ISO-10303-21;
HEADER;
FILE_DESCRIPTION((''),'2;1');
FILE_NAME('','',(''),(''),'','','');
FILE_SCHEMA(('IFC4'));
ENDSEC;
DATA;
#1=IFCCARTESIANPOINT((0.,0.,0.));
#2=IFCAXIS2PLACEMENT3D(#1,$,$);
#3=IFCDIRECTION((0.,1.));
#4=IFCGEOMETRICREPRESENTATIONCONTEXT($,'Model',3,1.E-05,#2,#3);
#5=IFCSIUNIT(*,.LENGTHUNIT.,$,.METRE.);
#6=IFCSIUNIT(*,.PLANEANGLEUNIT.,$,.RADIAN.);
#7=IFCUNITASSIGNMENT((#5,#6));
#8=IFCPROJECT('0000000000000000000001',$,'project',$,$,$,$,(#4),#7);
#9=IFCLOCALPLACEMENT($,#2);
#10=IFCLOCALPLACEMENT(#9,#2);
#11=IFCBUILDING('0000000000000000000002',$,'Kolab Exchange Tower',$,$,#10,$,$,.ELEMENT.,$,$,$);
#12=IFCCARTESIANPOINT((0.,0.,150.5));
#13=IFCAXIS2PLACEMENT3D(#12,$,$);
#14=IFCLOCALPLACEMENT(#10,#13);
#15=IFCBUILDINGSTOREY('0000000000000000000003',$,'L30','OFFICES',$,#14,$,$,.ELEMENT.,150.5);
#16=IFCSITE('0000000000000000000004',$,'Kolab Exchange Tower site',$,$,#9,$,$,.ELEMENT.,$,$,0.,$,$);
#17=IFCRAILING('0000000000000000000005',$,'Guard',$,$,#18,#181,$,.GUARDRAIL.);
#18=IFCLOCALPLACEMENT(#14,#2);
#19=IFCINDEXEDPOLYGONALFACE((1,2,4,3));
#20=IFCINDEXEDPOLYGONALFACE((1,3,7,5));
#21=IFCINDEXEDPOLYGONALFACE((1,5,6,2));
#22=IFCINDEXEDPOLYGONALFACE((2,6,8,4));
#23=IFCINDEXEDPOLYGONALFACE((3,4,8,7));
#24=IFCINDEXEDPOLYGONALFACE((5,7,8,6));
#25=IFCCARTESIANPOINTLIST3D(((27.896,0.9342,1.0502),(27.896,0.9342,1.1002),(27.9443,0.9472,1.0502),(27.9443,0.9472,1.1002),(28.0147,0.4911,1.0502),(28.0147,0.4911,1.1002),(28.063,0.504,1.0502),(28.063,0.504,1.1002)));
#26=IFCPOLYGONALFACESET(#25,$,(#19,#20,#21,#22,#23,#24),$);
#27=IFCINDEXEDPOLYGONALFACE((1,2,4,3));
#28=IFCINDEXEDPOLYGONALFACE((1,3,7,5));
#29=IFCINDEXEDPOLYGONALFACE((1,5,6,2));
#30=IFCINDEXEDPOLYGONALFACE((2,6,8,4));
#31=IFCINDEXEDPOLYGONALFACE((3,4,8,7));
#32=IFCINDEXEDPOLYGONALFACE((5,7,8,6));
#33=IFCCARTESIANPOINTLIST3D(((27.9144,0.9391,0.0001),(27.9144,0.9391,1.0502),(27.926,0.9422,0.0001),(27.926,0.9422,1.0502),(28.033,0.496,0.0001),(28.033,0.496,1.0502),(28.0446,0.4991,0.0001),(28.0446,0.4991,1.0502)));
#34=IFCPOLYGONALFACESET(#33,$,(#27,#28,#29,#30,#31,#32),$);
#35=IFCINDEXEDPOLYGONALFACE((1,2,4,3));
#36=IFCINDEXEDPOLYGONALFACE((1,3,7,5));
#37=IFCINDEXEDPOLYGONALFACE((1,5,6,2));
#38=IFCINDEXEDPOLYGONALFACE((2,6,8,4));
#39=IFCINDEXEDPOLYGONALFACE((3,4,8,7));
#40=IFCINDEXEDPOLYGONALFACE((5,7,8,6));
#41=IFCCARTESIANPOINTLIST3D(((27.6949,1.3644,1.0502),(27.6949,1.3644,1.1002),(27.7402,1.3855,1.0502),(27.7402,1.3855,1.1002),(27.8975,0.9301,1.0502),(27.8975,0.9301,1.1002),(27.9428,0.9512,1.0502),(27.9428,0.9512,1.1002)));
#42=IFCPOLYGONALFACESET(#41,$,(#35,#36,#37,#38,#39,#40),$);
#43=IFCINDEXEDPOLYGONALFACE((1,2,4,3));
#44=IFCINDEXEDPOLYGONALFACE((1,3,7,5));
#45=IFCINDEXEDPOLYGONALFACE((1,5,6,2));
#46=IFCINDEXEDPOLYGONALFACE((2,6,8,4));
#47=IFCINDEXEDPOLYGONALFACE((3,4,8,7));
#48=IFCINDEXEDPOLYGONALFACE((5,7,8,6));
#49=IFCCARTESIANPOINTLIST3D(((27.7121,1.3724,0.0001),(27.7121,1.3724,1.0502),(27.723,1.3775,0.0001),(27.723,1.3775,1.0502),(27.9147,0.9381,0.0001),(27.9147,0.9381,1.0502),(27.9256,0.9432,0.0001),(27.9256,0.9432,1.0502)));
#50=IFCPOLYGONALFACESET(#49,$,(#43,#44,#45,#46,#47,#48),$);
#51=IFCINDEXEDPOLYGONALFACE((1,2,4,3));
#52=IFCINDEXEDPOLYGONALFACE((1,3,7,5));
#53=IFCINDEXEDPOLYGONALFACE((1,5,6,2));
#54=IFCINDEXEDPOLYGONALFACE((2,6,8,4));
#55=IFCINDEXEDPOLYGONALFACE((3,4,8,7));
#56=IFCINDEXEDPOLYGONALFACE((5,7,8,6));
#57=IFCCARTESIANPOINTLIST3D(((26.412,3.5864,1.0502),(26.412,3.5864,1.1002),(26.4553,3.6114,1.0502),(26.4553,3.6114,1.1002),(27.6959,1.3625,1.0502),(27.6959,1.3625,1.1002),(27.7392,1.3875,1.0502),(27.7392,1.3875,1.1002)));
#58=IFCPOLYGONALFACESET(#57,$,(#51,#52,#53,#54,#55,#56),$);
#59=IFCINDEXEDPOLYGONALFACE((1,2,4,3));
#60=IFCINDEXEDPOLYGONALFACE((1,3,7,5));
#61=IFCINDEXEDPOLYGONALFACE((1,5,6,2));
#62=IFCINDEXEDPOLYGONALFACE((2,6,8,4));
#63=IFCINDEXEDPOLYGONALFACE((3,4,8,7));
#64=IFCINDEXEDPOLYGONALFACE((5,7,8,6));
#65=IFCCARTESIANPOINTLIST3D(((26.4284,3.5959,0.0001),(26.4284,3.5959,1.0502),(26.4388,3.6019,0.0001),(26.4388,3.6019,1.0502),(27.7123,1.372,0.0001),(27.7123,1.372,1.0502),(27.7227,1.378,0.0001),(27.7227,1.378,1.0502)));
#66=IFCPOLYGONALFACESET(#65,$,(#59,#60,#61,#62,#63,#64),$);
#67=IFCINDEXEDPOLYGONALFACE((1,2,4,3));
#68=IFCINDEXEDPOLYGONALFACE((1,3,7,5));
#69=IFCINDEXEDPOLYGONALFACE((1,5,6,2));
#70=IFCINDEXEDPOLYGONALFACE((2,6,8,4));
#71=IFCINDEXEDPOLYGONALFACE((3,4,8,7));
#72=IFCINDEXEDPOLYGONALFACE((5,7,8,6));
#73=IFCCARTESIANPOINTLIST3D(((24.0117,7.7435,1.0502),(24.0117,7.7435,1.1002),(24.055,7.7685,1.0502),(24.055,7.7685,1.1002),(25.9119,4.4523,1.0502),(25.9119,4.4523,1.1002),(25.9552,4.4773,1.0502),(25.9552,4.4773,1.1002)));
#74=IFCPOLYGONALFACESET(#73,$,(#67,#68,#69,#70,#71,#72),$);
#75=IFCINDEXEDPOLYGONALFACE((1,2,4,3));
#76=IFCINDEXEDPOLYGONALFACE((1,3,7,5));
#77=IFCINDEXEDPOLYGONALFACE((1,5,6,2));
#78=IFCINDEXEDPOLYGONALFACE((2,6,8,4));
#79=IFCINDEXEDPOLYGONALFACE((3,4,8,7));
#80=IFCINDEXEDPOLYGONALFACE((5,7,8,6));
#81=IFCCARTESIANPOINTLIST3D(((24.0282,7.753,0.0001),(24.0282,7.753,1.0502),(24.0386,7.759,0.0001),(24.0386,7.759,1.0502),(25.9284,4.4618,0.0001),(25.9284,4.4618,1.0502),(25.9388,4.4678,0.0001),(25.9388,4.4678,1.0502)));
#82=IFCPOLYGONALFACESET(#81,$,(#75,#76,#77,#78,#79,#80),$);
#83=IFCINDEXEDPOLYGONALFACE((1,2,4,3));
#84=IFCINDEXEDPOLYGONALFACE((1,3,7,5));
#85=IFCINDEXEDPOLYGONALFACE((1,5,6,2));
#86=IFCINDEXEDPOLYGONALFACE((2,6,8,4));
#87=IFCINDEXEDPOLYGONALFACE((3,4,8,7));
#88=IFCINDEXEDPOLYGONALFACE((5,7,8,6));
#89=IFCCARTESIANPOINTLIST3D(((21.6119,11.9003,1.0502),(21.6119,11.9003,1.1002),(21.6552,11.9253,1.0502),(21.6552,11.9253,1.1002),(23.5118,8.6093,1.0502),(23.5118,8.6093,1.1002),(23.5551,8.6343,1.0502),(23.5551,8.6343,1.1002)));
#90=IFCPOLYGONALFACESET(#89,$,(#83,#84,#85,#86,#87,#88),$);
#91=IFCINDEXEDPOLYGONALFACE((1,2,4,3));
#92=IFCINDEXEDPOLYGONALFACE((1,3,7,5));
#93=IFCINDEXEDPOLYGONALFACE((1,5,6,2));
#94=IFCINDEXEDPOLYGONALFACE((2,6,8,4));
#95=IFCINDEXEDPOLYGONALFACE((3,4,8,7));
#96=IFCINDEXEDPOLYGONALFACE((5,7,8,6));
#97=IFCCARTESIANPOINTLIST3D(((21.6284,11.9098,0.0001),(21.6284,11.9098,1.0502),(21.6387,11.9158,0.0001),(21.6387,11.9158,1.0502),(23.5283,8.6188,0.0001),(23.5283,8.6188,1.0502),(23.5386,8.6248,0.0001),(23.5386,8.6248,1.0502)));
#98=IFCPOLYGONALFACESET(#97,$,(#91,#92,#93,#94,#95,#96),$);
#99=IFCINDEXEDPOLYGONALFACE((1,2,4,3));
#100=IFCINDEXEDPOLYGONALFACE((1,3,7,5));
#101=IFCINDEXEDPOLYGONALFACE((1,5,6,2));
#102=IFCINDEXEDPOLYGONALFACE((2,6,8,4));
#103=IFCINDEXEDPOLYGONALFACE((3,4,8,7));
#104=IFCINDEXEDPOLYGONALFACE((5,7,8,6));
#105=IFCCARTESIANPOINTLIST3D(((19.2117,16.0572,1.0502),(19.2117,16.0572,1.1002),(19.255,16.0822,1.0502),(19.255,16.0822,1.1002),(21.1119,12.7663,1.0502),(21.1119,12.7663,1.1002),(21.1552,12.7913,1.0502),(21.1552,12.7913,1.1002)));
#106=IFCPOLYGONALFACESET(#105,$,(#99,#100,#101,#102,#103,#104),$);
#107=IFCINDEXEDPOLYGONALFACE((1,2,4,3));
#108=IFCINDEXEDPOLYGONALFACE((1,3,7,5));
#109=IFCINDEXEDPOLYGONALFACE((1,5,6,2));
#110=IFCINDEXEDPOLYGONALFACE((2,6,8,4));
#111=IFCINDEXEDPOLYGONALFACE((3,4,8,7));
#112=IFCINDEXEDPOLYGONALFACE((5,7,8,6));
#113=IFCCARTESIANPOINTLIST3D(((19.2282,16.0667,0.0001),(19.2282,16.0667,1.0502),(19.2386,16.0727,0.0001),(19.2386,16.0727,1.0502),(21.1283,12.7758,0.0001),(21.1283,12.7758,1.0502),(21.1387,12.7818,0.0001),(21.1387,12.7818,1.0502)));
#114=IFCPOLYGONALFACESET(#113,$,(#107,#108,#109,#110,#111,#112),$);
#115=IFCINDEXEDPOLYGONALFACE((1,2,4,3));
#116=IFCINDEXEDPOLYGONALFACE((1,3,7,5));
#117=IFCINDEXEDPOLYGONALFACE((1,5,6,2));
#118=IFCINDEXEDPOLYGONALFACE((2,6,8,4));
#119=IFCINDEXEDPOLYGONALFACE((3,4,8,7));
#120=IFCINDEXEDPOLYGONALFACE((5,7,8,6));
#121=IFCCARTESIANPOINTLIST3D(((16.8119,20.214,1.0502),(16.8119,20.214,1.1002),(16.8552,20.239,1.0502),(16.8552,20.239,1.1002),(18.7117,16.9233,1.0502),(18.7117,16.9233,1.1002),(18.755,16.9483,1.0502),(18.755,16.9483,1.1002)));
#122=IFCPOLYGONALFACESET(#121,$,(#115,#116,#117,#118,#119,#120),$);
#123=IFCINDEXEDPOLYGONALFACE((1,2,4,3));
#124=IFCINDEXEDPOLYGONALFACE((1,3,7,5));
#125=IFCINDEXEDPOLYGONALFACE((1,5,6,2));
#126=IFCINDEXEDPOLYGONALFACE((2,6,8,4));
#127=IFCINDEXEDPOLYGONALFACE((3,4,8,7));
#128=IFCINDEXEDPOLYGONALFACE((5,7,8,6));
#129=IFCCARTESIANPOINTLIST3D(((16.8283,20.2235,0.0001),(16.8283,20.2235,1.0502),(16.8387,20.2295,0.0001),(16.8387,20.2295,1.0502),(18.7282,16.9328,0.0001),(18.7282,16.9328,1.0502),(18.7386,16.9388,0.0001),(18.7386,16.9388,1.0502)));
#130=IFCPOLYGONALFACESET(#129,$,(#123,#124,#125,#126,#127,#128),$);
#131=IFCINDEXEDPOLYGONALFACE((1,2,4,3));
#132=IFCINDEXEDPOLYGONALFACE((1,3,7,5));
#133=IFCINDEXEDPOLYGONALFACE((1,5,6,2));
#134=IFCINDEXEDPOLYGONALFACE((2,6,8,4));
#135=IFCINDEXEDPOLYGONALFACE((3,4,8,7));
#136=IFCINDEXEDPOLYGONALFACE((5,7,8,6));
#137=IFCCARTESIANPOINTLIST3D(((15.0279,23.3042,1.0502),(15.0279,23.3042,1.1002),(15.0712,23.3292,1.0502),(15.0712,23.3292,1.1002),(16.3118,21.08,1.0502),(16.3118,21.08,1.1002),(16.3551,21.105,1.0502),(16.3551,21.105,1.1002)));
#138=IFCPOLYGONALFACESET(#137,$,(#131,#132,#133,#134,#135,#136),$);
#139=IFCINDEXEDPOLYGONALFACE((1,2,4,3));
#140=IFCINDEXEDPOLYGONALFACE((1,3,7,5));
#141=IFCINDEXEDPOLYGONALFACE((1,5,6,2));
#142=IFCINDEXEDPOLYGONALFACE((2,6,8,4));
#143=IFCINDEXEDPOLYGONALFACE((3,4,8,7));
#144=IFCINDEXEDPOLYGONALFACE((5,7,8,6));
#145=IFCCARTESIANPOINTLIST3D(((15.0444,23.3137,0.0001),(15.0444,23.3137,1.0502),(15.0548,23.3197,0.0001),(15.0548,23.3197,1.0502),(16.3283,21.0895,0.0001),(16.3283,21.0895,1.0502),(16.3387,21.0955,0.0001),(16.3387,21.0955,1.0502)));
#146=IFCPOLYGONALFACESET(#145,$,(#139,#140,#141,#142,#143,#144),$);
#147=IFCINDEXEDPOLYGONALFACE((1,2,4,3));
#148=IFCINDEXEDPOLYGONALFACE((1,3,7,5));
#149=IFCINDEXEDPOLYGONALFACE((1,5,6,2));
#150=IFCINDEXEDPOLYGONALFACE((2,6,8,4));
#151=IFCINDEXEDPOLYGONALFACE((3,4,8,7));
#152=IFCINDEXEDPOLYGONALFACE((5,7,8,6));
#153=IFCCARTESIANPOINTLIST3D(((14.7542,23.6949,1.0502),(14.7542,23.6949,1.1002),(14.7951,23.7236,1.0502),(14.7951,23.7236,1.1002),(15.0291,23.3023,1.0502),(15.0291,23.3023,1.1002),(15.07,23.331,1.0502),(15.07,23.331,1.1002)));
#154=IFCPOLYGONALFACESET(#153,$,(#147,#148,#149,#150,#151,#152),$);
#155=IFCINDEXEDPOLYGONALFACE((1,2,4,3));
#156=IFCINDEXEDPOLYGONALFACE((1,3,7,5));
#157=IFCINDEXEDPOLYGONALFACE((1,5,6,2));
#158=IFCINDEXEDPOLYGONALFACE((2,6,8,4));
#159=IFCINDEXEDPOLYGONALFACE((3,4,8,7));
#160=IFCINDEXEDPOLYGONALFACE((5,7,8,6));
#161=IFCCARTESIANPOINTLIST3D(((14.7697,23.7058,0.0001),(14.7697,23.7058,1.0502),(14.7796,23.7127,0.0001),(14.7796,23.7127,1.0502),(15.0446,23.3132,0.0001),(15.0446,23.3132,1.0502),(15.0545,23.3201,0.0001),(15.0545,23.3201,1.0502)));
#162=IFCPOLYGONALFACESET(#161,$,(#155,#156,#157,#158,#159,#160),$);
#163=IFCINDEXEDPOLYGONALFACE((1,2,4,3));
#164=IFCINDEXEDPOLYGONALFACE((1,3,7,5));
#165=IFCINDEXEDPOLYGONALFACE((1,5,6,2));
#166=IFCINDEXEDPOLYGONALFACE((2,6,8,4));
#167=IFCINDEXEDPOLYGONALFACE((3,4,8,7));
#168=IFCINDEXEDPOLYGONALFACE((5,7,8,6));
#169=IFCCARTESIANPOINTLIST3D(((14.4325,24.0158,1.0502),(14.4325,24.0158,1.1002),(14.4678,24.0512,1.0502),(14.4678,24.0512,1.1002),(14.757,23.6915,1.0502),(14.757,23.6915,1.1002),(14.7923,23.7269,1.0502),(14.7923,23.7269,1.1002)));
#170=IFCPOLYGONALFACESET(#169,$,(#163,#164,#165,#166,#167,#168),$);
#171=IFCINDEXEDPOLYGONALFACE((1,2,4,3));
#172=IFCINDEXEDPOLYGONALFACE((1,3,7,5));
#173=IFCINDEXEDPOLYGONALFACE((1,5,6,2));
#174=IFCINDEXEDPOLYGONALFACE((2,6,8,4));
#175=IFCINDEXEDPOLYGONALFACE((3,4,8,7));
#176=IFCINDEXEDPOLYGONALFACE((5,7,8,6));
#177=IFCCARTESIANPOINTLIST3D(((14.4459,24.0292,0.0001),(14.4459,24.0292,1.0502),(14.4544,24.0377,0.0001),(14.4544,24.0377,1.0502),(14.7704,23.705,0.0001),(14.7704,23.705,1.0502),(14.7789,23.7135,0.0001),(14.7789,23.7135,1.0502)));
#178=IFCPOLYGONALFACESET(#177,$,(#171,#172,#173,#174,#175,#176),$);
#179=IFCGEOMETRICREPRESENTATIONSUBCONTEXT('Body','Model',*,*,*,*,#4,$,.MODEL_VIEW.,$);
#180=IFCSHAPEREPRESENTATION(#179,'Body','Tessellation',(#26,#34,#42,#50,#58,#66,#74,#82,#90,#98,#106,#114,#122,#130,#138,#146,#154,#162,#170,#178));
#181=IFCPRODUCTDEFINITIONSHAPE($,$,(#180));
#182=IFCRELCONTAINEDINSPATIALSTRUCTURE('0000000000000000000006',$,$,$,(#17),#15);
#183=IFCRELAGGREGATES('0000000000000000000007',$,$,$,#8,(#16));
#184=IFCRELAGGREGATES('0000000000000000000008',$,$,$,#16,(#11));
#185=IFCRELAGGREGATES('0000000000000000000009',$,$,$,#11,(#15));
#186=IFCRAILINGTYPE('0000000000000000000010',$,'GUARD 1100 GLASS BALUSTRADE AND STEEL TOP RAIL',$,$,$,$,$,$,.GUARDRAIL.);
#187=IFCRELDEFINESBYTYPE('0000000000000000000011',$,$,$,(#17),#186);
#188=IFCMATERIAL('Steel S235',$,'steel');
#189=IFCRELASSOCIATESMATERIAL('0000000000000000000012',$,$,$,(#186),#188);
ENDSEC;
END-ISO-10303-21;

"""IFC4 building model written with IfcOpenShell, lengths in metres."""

from ifc_helpers import new_model, si_unit, direction, frame, frame_2d, origin, origin_2d, place, context, subcontext, project, spatial, rectangle, extrude, material, type_object, element, save


model = new_model("IFC4")

# Units and contexts
model_context = context("Model", 3, precision=1e-05, world=origin(), true_north=direction((0.0, 1.0)))
body_context = subcontext(model_context, "Body", "Model", "MODEL_VIEW")
ifc_project = project(units=[si_unit("LENGTHUNIT", "METRE"), si_unit("PLANEANGLEUNIT", "RADIAN")], contexts=[model_context])

# Site, building, storey
site_placement = place(None, origin())
site = spatial("IfcSite", under=ifc_project, at=site_placement, Name="Kolab Exchange Tower site", CompositionType="ELEMENT", RefElevation=0.0)
building_placement = place(site_placement, origin())
building = spatial("IfcBuilding", under=site, at=building_placement, Name="Kolab Exchange Tower", CompositionType="ELEMENT")
storey_placement = place(building_placement, frame((0.0, 0.0, 150.5)))
storey = spatial("IfcBuildingStorey", under=building, at=storey_placement, Name="L30", Description="OFFICES", CompositionType="ELEMENT", Elevation=150.5)

# Railing
ifc_material_1 = material(Name="Steel S235", Category="steel")
railing_type = type_object("IfcRailingType", Name="GUARD 1100 GLASS BALUSTRADE AND STEEL TOP RAIL", PredefinedType="GUARDRAIL", material=ifc_material_1)
railing_placement = place(storey_placement, frame((28.0388, 0.4976, 0.0)))
element("IfcRailing", 1, at=railing_placement, inside=storey, type_object=railing_type, Name="Guard", PredefinedType="GUARDRAIL", context=body_context, shape_type="SweptSolid", body=[
    extrude(rectangle(XDim=0.05, YDim=0.05, at=origin_2d()), frame((0.0, 0.0, 1.0752), z_axis=(-0.258656, 0.965969, 0.0), x_axis=(-0.965969, -0.258656, 0.0)), (0.0, 0.0, 1.0), 0.4587),
    extrude(rectangle(XDim=0.012, YDim=1.0501, at=frame_2d((0.0, 0.5251))), frame((0.0, 0.0, 0.0), z_axis=(-0.258656, 0.965969, 0.0), x_axis=(-0.965969, -0.258656, 0.0)), (0.0, 0.0, 1.0), 0.4587),
    extrude(rectangle(XDim=0.05, YDim=0.05, at=origin_2d()), frame((-0.1187, 0.4431, 1.0752), z_axis=(-0.422802, 0.906222, 0.0), x_axis=(-0.906222, -0.422802, 0.0)), (0.0, 0.0, 1.0), 0.4792),
    extrude(rectangle(XDim=0.012, YDim=1.0501, at=frame_2d((0.0, 0.5251))), frame((-0.1187, 0.4431, 0.0), z_axis=(-0.422802, 0.906222, 0.0), x_axis=(-0.906222, -0.422802, 0.0)), (0.0, 0.0, 1.0), 0.4792),
    extrude(rectangle(XDim=0.05, YDim=0.05, at=origin_2d()), frame((-0.3213, 0.8774, 1.0752), z_axis=(-0.499994, 0.866029, 0.0), x_axis=(-0.866029, -0.499994, 0.0)), (0.0, 0.0, 1.0), 2.5679),
    extrude(rectangle(XDim=0.012, YDim=1.0501, at=frame_2d((0.0, 0.5251))), frame((-0.3213, 0.8774, 0.0), z_axis=(-0.499994, 0.866029, 0.0), x_axis=(-0.866029, -0.499994, 0.0)), (0.0, 0.0, 1.0), 2.5679),
    extrude(rectangle(XDim=0.05, YDim=0.05, at=origin_2d()), frame((-2.1052, 3.9673, 1.0752), z_axis=(-0.500015, 0.866017, 0.0), x_axis=(-0.866017, -0.500015, 0.0)), (0.0, 0.0, 1.0), 3.8003),
    extrude(rectangle(XDim=0.012, YDim=1.0501, at=frame_2d((0.0, 0.5251))), frame((-2.1052, 3.9673, 0.0), z_axis=(-0.500015, 0.866017, 0.0), x_axis=(-0.866017, -0.500015, 0.0)), (0.0, 0.0, 1.0), 3.8003),
    extrude(rectangle(XDim=0.05, YDim=0.05, at=origin_2d()), frame((-4.5054, 8.1243, 1.0752), z_axis=(-0.499967, 0.866044, 0.0), x_axis=(-0.866044, -0.499967, 0.0)), (0.0, 0.0, 1.0), 3.8),
    extrude(rectangle(XDim=0.012, YDim=1.0501, at=frame_2d((0.0, 0.5251))), frame((-4.5054, 8.1243, 0.0), z_axis=(-0.499967, 0.866044, 0.0), x_axis=(-0.866044, -0.499967, 0.0)), (0.0, 0.0, 1.0), 3.8),
    extrude(rectangle(XDim=0.05, YDim=0.05, at=origin_2d()), frame((-6.9053, 12.2812, 1.0752), z_axis=(-0.500043, 0.866, 0.0), x_axis=(-0.866, -0.500043, 0.0)), (0.0, 0.0, 1.0), 3.8),
    extrude(rectangle(XDim=0.012, YDim=1.0501, at=frame_2d((0.0, 0.5251))), frame((-6.9053, 12.2812, 0.0), z_axis=(-0.500043, 0.866, 0.0), x_axis=(-0.866, -0.500043, 0.0)), (0.0, 0.0, 1.0), 3.8),
    extrude(rectangle(XDim=0.05, YDim=0.05, at=origin_2d()), frame((-9.3054, 16.4382, 1.0752), z_axis=(-0.499995, 0.866028, 0.0), x_axis=(-0.866028, -0.499995, 0.0)), (0.0, 0.0, 1.0), 3.7998),
    extrude(rectangle(XDim=0.012, YDim=1.0501, at=frame_2d((0.0, 0.5251))), frame((-9.3054, 16.4382, 0.0), z_axis=(-0.499995, 0.866028, 0.0), x_axis=(-0.866028, -0.499995, 0.0)), (0.0, 0.0, 1.0), 3.7998),
    extrude(rectangle(XDim=0.05, YDim=0.05, at=origin_2d()), frame((-11.7053, 20.595, 1.0752), z_axis=(-0.499953, 0.866053, 0.0), x_axis=(-0.866053, -0.499953, 0.0)), (0.0, 0.0, 1.0), 2.5681),
    extrude(rectangle(XDim=0.012, YDim=1.0501, at=frame_2d((0.0, 0.5251))), frame((-11.7053, 20.595, 0.0), z_axis=(-0.499953, 0.866053, 0.0), x_axis=(-0.866053, -0.499953, 0.0)), (0.0, 0.0, 1.0), 2.5681),
    extrude(rectangle(XDim=0.05, YDim=0.05, at=origin_2d()), frame((-12.9893, 22.8191, 1.0752), z_axis=(-0.573599, 0.819136, 0.0), x_axis=(-0.819136, -0.573599, 0.0)), (0.0, 0.0, 1.0), 0.4792),
    extrude(rectangle(XDim=0.012, YDim=1.0501, at=frame_2d((0.0, 0.5251))), frame((-12.9893, 22.8191, 0.0), z_axis=(-0.573599, 0.819136, 0.0), x_axis=(-0.819136, -0.573599, 0.0)), (0.0, 0.0, 1.0), 0.4792),
    extrude(rectangle(XDim=0.05, YDim=0.05, at=origin_2d()), frame((-13.2642, 23.2117, 1.0752), z_axis=(-0.707373, 0.706841, 0.0), x_axis=(-0.706841, -0.707373, 0.0)), (0.0, 0.0, 1.0), 0.4587),
    extrude(rectangle(XDim=0.012, YDim=1.0501, at=frame_2d((0.0, 0.5251))), frame((-13.2642, 23.2117, 0.0), z_axis=(-0.707373, 0.706841, 0.0), x_axis=(-0.706841, -0.707373, 0.0)), (0.0, 0.0, 1.0), 0.4587),
])

save(model, "model.ifc")
